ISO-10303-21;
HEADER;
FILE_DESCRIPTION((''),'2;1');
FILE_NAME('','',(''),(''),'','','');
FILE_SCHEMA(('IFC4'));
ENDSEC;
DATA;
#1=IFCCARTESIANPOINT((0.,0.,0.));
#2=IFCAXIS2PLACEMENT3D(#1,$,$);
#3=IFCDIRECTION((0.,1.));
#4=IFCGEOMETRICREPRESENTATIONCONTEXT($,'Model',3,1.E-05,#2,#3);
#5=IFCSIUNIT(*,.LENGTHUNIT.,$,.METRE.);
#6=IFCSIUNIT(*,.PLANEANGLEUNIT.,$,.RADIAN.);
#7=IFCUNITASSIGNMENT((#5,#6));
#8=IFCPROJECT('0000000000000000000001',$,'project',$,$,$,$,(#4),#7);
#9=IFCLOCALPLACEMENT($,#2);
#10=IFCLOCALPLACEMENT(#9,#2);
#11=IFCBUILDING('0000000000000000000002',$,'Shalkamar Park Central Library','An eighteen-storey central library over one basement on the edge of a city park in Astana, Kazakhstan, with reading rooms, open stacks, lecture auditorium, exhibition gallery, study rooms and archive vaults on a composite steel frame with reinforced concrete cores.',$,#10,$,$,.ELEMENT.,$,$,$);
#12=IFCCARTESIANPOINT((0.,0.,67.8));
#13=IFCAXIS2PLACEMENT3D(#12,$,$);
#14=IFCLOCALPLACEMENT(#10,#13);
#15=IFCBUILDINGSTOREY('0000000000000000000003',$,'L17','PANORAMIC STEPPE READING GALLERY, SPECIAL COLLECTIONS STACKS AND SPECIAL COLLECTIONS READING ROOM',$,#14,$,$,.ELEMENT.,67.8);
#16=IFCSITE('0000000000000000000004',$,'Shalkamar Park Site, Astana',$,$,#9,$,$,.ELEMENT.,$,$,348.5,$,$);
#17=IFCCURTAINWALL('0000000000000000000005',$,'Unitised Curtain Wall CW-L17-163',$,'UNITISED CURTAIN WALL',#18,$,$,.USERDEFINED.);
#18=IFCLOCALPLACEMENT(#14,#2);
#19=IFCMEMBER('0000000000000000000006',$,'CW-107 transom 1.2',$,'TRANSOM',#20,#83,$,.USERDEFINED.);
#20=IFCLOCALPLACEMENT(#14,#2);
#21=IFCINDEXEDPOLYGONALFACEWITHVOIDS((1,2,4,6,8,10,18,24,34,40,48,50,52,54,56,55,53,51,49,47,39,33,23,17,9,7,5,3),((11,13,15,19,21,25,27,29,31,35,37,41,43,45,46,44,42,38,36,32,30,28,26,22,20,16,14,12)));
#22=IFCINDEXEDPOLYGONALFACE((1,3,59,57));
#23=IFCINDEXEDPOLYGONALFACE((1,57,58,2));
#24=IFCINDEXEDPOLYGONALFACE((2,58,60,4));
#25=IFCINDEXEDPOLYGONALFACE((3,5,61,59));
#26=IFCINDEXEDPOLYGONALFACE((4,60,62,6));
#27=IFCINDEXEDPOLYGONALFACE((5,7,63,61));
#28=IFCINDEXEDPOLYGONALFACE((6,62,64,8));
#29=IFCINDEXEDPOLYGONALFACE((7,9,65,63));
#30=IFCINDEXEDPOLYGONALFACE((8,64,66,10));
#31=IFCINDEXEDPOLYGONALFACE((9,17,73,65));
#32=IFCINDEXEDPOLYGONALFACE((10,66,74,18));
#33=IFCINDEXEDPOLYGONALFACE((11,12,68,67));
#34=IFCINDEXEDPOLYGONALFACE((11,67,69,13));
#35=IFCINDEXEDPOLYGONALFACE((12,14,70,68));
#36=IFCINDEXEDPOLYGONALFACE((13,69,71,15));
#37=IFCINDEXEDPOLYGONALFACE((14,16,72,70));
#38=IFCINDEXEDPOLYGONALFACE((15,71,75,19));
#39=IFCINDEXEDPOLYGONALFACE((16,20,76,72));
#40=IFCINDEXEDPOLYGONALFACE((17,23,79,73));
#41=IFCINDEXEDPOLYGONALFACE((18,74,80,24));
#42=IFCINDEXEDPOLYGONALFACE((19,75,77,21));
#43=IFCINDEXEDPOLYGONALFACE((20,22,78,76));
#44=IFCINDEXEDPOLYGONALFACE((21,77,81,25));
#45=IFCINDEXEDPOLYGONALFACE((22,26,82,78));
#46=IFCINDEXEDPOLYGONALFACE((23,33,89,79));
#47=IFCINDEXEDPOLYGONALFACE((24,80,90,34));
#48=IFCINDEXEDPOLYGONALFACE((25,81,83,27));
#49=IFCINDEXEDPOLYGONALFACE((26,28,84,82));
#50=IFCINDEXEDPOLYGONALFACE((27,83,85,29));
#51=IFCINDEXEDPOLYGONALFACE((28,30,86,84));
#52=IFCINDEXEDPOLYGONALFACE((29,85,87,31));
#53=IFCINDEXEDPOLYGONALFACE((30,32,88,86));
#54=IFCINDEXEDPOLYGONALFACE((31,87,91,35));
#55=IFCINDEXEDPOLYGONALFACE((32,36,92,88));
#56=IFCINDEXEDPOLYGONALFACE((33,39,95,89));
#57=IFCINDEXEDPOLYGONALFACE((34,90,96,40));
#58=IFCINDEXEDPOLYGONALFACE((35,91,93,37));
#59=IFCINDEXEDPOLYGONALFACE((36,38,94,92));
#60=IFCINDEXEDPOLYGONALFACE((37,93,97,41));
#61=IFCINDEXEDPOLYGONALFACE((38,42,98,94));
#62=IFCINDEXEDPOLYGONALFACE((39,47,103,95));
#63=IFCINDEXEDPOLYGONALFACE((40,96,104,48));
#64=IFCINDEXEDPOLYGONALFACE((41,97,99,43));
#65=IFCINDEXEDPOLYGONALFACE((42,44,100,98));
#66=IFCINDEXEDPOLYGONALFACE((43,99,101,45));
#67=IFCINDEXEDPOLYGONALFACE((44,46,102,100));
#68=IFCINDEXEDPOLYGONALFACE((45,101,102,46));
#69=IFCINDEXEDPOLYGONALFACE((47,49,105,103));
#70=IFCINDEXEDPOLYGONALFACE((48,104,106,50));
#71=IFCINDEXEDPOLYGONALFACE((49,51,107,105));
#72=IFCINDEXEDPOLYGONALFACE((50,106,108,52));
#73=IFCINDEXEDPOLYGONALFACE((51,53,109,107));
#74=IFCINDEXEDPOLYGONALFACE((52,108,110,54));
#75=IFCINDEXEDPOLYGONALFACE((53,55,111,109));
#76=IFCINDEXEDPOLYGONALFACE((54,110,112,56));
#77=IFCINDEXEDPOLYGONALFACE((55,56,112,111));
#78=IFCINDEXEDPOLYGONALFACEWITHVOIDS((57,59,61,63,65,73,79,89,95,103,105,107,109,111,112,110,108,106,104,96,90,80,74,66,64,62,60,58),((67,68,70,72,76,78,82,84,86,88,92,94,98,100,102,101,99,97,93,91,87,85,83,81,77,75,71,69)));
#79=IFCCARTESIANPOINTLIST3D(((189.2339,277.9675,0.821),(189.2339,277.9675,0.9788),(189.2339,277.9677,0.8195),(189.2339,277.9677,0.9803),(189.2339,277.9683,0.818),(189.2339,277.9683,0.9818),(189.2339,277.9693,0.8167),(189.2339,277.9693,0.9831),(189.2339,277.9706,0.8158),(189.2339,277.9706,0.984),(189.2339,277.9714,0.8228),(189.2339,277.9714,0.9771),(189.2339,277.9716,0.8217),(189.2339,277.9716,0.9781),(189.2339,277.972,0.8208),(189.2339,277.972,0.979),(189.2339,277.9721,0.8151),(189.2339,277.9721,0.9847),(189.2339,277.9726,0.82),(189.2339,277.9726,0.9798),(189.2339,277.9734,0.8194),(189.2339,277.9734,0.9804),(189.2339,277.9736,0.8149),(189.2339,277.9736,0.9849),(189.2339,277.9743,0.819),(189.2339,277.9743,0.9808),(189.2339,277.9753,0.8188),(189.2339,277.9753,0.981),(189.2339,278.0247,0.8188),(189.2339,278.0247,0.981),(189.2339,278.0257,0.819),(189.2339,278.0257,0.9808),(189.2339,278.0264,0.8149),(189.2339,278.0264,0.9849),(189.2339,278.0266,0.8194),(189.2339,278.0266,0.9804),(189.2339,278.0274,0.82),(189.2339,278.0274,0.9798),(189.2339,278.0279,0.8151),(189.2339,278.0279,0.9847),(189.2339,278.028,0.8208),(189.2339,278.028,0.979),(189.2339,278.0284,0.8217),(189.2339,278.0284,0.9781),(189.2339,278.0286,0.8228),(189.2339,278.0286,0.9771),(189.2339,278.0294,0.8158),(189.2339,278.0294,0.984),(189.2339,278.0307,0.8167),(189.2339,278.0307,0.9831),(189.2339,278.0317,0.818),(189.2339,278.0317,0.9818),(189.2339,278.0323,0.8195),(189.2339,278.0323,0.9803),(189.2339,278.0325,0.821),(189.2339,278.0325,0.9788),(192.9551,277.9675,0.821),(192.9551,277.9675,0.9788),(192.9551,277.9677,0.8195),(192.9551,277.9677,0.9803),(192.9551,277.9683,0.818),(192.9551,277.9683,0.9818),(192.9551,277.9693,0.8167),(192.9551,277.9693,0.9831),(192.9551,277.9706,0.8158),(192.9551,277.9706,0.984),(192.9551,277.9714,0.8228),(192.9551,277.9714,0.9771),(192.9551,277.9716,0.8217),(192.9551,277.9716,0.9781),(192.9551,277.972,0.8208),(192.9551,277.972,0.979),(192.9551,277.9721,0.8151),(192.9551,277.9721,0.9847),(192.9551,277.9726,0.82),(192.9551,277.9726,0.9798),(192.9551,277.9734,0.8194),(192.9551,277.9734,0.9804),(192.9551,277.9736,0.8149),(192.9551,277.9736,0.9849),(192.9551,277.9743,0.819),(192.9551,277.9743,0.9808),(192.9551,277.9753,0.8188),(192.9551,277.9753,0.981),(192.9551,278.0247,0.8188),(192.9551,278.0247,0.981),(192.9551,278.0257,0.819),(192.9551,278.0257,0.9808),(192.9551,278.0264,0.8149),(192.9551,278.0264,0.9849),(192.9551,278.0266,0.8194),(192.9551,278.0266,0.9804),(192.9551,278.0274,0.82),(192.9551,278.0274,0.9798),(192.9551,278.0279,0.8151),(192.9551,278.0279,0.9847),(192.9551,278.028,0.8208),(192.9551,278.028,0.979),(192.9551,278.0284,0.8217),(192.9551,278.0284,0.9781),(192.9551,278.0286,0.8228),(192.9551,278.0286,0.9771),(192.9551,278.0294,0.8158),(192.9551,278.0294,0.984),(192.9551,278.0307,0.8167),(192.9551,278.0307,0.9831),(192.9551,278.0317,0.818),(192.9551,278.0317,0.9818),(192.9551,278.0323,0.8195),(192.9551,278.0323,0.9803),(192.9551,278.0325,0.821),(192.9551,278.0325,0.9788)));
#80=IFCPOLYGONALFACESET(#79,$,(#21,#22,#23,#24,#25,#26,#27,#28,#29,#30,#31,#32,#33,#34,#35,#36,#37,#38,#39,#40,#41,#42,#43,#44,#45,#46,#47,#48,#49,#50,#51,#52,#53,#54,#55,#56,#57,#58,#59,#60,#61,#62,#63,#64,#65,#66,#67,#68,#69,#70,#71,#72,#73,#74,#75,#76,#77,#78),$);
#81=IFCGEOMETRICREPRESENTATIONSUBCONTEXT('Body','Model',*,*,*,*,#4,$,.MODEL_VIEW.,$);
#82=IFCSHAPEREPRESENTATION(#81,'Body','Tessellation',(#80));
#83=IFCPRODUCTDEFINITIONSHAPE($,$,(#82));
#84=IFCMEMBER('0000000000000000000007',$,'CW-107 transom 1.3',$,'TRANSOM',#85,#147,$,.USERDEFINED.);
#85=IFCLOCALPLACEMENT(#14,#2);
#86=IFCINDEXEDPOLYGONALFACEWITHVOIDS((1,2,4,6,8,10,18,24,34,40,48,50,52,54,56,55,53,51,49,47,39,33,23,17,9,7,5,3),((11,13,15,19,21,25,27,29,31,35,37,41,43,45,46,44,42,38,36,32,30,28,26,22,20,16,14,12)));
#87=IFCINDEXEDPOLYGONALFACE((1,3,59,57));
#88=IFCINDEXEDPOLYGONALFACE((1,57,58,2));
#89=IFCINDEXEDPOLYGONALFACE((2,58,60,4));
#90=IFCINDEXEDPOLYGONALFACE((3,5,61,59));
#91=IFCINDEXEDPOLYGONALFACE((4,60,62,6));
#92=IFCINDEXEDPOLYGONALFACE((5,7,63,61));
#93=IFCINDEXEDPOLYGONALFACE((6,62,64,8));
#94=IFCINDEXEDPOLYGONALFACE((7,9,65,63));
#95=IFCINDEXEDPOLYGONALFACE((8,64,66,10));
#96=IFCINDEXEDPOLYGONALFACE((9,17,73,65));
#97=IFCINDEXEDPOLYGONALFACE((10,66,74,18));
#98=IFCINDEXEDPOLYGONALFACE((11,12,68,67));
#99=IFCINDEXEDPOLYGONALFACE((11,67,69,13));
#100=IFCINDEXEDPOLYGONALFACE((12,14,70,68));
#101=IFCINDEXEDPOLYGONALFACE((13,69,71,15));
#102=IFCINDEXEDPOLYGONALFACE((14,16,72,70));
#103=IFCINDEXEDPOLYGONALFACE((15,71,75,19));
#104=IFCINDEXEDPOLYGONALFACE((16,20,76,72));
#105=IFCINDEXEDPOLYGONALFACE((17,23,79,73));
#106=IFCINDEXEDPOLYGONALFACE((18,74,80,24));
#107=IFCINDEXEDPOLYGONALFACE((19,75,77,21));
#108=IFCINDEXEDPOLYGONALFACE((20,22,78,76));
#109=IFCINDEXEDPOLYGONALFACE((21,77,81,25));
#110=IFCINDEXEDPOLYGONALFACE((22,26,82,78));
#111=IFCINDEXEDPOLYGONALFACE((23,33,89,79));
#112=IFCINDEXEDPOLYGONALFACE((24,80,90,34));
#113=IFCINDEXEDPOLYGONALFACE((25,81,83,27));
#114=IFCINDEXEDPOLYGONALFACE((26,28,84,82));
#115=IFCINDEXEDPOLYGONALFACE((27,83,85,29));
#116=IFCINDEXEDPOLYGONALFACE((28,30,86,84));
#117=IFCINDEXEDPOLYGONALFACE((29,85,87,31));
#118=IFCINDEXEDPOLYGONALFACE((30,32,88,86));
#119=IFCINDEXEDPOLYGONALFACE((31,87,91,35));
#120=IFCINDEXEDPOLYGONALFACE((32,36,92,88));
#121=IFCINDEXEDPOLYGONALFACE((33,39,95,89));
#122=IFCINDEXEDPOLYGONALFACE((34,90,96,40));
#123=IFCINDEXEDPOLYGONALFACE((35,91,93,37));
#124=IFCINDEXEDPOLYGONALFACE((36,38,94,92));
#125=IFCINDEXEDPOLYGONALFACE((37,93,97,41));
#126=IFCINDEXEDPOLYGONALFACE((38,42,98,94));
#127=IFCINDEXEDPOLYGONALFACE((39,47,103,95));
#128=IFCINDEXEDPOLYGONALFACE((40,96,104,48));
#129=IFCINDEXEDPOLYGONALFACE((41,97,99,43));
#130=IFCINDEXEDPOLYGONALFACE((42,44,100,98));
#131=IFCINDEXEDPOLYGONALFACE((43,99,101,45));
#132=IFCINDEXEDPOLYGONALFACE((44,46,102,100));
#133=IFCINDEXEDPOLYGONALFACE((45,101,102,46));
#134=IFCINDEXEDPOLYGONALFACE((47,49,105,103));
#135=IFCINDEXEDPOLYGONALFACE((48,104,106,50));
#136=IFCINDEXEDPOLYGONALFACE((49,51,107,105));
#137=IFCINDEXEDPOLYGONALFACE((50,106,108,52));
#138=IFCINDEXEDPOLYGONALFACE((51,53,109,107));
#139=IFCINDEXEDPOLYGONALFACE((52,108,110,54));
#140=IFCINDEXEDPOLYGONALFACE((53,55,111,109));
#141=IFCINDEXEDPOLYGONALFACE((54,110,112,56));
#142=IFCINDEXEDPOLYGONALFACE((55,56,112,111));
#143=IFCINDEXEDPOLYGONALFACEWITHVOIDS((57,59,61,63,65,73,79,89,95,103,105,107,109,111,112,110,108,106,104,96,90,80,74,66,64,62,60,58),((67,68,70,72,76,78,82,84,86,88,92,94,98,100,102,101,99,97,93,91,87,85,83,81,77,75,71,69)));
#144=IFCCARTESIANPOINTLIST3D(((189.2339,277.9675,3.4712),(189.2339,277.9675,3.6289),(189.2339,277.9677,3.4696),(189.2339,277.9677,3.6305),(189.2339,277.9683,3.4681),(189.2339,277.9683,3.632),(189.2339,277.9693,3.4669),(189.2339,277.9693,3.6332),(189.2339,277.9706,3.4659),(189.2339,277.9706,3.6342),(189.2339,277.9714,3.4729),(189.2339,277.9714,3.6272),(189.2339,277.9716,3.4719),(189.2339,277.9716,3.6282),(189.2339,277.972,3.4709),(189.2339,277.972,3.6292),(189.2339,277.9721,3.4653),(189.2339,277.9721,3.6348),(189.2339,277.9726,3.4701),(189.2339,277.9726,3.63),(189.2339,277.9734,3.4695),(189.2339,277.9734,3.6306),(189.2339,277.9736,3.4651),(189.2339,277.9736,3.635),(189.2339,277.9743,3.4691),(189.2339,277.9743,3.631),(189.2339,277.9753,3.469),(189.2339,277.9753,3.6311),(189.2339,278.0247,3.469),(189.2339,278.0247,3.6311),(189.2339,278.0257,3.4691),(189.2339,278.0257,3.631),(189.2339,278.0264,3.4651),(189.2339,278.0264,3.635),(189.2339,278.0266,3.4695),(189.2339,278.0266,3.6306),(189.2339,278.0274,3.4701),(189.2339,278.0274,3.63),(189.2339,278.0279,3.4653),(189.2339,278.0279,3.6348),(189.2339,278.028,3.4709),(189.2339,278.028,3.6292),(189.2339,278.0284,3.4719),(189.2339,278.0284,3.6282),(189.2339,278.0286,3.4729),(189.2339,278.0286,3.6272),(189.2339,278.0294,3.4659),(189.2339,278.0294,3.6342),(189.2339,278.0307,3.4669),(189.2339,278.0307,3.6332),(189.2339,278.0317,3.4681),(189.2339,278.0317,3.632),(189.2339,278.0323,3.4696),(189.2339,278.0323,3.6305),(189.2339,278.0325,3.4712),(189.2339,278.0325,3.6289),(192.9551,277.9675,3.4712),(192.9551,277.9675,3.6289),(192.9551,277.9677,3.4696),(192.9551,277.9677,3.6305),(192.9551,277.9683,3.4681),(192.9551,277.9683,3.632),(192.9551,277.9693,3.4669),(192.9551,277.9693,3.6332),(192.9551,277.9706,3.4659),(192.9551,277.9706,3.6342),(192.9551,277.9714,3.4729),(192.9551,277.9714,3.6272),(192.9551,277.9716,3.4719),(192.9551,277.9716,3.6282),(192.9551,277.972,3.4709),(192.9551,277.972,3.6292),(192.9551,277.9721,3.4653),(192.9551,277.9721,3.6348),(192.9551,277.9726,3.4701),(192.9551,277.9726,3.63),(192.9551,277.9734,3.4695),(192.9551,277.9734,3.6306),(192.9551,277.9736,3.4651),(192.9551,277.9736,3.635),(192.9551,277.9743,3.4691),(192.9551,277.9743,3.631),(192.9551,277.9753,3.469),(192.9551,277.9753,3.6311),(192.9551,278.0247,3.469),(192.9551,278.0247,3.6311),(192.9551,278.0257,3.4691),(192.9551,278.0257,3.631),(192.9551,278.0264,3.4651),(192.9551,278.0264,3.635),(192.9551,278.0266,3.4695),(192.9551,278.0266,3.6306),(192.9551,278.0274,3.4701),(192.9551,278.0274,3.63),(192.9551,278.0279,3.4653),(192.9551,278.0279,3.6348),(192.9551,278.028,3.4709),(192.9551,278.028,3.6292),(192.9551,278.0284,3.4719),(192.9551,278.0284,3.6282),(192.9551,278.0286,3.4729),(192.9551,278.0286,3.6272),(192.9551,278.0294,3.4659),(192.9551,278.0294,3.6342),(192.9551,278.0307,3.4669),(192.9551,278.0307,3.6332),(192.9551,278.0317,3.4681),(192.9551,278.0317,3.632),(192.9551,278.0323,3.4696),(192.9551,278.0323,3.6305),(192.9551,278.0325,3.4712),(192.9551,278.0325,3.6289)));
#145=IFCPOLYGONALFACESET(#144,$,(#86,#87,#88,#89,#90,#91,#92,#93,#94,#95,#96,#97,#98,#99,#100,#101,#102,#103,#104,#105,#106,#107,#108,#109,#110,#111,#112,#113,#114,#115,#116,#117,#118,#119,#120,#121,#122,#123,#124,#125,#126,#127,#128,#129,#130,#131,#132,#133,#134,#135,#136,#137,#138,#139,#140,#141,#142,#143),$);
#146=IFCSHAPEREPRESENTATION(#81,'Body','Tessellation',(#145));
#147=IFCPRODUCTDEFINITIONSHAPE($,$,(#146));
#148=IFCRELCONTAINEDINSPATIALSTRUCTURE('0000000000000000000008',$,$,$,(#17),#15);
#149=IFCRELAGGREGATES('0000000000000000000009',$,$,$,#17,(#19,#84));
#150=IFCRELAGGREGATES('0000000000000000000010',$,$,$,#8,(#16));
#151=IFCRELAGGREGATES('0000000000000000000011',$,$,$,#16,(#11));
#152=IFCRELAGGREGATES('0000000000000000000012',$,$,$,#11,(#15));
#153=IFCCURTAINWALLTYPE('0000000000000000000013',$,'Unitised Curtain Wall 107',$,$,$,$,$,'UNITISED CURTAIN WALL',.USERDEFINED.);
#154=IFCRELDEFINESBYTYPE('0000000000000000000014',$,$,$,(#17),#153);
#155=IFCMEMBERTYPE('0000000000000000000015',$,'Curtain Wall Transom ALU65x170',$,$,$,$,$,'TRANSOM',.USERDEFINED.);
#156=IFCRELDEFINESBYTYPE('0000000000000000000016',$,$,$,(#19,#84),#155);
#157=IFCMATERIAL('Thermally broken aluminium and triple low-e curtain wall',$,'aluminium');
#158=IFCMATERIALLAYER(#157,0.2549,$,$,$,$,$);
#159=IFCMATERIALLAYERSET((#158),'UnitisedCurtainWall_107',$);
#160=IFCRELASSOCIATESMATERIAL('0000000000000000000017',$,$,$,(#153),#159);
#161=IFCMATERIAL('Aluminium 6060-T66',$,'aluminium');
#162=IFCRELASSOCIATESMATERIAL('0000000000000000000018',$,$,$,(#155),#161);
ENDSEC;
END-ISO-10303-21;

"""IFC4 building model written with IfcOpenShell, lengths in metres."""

from ifc_helpers import new_model, si_unit, direction, frame, origin, origin_2d, place, context, subcontext, project, spatial, hollow_rectangle, extrude, material, layer, layer_set, material_profile, profile_set, type_object, element, aggregate, save


model = new_model("IFC4")

# Units and contexts
model_context = context("Model", 3, precision=1e-05, world=origin(), true_north=direction((0.0, 1.0)))
body_context = subcontext(model_context, "Body", "Model", "MODEL_VIEW")
ifc_project = project(units=[si_unit("LENGTHUNIT", "METRE"), si_unit("PLANEANGLEUNIT", "RADIAN")], contexts=[model_context])

# Site, building, storey
site_placement = place(None, origin())
site = spatial("IfcSite", under=ifc_project, at=site_placement, Name="Shalkamar Park Site, Astana", CompositionType="ELEMENT", RefElevation=348.5)
building_placement = place(site_placement, origin())
building = spatial("IfcBuilding", under=site, at=building_placement, Name="Shalkamar Park Central Library", Description="An eighteen-storey central library over one basement on the edge of a city park in Astana, Kazakhstan, with reading rooms, open stacks, lecture auditorium, exhibition gallery, study rooms and archive vaults on a composite steel frame with reinforced concrete cores.", CompositionType="ELEMENT")
storey_placement = place(building_placement, frame((0.0, 0.0, 67.8)))
storey = spatial("IfcBuildingStorey", under=building, at=storey_placement, Name="L17", Description="PANORAMIC STEPPE READING GALLERY, SPECIAL COLLECTIONS STACKS AND SPECIAL COLLECTIONS READING ROOM", CompositionType="ELEMENT", Elevation=67.8)

# Curtain wall, members
ifc_material_1 = material(Name="Thermally broken aluminium and triple low-e curtain wall", Category="aluminium")
ifc_layer_1 = layer(ifc_material_1, 0.2549)
ifc_layer_set_1 = layer_set([ifc_layer_1], Name="UnitisedCurtainWall_107")
curtain_wall_type = type_object("IfcCurtainWallType", Name="Unitised Curtain Wall 107", ElementType="UNITISED CURTAIN WALL", PredefinedType="USERDEFINED", material=ifc_layer_set_1)
curtain_wall_placement = place(storey_placement, origin())
curtain_wall = element("IfcCurtainWall", 1, at=curtain_wall_placement, inside=storey, type_object=curtain_wall_type, Name="Unitised Curtain Wall CW-L17-163", ObjectType="UNITISED CURTAIN WALL", PredefinedType="USERDEFINED")
ifc_material_2 = material(Name="Aluminium 6060-T66", Category="aluminium")
ifc_material_profile_1 = material_profile(ifc_material_2, hollow_rectangle(XDim=0.0649, YDim=0.1699, WallThickness=0.0039, InnerFilletRadius=0.0039, OuterFilletRadius=0.0061, at=origin_2d()), Name="ALU 65x170x4")
ifc_profile_set_1 = profile_set([ifc_material_profile_1], Name="Aluminium 6060-T66")
member_type_1 = type_object("IfcMemberType", Name="Curtain Wall Transom ALU65x170", ElementType="TRANSOM", PredefinedType="USERDEFINED", material=ifc_profile_set_1)
member_1_placement = place(storey_placement, frame((189.2339, 278.0, 0.8999), z_axis=(1.0, 0.0, 0.0), x_axis=(0.0, 1.0, 0.0)))
member_1 = element("IfcMember", 2, at=member_1_placement, type_object=member_type_1, Name="CW-107 transom 1.2", ObjectType="TRANSOM", PredefinedType="USERDEFINED", context=body_context, shape_type="SweptSolid", body=[
    extrude(hollow_rectangle(XDim=0.0649, YDim=0.1699, WallThickness=0.0039, InnerFilletRadius=0.0039, OuterFilletRadius=0.0061, at=origin_2d()), origin(), (0.0, 0.0, 1.0), 3.7212),
])
member_2_placement = place(storey_placement, frame((189.2339, 278.0, 3.55), z_axis=(1.0, 0.0, 0.0), x_axis=(0.0, 1.0, 0.0)))
member_2 = element("IfcMember", 3, at=member_2_placement, type_object=member_type_1, Name="CW-107 transom 1.3", ObjectType="TRANSOM", PredefinedType="USERDEFINED", context=body_context, shape_type="SweptSolid", body=[
    extrude(hollow_rectangle(XDim=0.0649, YDim=0.1699, WallThickness=0.0039, InnerFilletRadius=0.0039, OuterFilletRadius=0.0061, at=origin_2d()), origin(), (0.0, 0.0, 1.0), 3.7212),
])

aggregate(curtain_wall, [member_1, member_2])

save(model, "model.ifc")
